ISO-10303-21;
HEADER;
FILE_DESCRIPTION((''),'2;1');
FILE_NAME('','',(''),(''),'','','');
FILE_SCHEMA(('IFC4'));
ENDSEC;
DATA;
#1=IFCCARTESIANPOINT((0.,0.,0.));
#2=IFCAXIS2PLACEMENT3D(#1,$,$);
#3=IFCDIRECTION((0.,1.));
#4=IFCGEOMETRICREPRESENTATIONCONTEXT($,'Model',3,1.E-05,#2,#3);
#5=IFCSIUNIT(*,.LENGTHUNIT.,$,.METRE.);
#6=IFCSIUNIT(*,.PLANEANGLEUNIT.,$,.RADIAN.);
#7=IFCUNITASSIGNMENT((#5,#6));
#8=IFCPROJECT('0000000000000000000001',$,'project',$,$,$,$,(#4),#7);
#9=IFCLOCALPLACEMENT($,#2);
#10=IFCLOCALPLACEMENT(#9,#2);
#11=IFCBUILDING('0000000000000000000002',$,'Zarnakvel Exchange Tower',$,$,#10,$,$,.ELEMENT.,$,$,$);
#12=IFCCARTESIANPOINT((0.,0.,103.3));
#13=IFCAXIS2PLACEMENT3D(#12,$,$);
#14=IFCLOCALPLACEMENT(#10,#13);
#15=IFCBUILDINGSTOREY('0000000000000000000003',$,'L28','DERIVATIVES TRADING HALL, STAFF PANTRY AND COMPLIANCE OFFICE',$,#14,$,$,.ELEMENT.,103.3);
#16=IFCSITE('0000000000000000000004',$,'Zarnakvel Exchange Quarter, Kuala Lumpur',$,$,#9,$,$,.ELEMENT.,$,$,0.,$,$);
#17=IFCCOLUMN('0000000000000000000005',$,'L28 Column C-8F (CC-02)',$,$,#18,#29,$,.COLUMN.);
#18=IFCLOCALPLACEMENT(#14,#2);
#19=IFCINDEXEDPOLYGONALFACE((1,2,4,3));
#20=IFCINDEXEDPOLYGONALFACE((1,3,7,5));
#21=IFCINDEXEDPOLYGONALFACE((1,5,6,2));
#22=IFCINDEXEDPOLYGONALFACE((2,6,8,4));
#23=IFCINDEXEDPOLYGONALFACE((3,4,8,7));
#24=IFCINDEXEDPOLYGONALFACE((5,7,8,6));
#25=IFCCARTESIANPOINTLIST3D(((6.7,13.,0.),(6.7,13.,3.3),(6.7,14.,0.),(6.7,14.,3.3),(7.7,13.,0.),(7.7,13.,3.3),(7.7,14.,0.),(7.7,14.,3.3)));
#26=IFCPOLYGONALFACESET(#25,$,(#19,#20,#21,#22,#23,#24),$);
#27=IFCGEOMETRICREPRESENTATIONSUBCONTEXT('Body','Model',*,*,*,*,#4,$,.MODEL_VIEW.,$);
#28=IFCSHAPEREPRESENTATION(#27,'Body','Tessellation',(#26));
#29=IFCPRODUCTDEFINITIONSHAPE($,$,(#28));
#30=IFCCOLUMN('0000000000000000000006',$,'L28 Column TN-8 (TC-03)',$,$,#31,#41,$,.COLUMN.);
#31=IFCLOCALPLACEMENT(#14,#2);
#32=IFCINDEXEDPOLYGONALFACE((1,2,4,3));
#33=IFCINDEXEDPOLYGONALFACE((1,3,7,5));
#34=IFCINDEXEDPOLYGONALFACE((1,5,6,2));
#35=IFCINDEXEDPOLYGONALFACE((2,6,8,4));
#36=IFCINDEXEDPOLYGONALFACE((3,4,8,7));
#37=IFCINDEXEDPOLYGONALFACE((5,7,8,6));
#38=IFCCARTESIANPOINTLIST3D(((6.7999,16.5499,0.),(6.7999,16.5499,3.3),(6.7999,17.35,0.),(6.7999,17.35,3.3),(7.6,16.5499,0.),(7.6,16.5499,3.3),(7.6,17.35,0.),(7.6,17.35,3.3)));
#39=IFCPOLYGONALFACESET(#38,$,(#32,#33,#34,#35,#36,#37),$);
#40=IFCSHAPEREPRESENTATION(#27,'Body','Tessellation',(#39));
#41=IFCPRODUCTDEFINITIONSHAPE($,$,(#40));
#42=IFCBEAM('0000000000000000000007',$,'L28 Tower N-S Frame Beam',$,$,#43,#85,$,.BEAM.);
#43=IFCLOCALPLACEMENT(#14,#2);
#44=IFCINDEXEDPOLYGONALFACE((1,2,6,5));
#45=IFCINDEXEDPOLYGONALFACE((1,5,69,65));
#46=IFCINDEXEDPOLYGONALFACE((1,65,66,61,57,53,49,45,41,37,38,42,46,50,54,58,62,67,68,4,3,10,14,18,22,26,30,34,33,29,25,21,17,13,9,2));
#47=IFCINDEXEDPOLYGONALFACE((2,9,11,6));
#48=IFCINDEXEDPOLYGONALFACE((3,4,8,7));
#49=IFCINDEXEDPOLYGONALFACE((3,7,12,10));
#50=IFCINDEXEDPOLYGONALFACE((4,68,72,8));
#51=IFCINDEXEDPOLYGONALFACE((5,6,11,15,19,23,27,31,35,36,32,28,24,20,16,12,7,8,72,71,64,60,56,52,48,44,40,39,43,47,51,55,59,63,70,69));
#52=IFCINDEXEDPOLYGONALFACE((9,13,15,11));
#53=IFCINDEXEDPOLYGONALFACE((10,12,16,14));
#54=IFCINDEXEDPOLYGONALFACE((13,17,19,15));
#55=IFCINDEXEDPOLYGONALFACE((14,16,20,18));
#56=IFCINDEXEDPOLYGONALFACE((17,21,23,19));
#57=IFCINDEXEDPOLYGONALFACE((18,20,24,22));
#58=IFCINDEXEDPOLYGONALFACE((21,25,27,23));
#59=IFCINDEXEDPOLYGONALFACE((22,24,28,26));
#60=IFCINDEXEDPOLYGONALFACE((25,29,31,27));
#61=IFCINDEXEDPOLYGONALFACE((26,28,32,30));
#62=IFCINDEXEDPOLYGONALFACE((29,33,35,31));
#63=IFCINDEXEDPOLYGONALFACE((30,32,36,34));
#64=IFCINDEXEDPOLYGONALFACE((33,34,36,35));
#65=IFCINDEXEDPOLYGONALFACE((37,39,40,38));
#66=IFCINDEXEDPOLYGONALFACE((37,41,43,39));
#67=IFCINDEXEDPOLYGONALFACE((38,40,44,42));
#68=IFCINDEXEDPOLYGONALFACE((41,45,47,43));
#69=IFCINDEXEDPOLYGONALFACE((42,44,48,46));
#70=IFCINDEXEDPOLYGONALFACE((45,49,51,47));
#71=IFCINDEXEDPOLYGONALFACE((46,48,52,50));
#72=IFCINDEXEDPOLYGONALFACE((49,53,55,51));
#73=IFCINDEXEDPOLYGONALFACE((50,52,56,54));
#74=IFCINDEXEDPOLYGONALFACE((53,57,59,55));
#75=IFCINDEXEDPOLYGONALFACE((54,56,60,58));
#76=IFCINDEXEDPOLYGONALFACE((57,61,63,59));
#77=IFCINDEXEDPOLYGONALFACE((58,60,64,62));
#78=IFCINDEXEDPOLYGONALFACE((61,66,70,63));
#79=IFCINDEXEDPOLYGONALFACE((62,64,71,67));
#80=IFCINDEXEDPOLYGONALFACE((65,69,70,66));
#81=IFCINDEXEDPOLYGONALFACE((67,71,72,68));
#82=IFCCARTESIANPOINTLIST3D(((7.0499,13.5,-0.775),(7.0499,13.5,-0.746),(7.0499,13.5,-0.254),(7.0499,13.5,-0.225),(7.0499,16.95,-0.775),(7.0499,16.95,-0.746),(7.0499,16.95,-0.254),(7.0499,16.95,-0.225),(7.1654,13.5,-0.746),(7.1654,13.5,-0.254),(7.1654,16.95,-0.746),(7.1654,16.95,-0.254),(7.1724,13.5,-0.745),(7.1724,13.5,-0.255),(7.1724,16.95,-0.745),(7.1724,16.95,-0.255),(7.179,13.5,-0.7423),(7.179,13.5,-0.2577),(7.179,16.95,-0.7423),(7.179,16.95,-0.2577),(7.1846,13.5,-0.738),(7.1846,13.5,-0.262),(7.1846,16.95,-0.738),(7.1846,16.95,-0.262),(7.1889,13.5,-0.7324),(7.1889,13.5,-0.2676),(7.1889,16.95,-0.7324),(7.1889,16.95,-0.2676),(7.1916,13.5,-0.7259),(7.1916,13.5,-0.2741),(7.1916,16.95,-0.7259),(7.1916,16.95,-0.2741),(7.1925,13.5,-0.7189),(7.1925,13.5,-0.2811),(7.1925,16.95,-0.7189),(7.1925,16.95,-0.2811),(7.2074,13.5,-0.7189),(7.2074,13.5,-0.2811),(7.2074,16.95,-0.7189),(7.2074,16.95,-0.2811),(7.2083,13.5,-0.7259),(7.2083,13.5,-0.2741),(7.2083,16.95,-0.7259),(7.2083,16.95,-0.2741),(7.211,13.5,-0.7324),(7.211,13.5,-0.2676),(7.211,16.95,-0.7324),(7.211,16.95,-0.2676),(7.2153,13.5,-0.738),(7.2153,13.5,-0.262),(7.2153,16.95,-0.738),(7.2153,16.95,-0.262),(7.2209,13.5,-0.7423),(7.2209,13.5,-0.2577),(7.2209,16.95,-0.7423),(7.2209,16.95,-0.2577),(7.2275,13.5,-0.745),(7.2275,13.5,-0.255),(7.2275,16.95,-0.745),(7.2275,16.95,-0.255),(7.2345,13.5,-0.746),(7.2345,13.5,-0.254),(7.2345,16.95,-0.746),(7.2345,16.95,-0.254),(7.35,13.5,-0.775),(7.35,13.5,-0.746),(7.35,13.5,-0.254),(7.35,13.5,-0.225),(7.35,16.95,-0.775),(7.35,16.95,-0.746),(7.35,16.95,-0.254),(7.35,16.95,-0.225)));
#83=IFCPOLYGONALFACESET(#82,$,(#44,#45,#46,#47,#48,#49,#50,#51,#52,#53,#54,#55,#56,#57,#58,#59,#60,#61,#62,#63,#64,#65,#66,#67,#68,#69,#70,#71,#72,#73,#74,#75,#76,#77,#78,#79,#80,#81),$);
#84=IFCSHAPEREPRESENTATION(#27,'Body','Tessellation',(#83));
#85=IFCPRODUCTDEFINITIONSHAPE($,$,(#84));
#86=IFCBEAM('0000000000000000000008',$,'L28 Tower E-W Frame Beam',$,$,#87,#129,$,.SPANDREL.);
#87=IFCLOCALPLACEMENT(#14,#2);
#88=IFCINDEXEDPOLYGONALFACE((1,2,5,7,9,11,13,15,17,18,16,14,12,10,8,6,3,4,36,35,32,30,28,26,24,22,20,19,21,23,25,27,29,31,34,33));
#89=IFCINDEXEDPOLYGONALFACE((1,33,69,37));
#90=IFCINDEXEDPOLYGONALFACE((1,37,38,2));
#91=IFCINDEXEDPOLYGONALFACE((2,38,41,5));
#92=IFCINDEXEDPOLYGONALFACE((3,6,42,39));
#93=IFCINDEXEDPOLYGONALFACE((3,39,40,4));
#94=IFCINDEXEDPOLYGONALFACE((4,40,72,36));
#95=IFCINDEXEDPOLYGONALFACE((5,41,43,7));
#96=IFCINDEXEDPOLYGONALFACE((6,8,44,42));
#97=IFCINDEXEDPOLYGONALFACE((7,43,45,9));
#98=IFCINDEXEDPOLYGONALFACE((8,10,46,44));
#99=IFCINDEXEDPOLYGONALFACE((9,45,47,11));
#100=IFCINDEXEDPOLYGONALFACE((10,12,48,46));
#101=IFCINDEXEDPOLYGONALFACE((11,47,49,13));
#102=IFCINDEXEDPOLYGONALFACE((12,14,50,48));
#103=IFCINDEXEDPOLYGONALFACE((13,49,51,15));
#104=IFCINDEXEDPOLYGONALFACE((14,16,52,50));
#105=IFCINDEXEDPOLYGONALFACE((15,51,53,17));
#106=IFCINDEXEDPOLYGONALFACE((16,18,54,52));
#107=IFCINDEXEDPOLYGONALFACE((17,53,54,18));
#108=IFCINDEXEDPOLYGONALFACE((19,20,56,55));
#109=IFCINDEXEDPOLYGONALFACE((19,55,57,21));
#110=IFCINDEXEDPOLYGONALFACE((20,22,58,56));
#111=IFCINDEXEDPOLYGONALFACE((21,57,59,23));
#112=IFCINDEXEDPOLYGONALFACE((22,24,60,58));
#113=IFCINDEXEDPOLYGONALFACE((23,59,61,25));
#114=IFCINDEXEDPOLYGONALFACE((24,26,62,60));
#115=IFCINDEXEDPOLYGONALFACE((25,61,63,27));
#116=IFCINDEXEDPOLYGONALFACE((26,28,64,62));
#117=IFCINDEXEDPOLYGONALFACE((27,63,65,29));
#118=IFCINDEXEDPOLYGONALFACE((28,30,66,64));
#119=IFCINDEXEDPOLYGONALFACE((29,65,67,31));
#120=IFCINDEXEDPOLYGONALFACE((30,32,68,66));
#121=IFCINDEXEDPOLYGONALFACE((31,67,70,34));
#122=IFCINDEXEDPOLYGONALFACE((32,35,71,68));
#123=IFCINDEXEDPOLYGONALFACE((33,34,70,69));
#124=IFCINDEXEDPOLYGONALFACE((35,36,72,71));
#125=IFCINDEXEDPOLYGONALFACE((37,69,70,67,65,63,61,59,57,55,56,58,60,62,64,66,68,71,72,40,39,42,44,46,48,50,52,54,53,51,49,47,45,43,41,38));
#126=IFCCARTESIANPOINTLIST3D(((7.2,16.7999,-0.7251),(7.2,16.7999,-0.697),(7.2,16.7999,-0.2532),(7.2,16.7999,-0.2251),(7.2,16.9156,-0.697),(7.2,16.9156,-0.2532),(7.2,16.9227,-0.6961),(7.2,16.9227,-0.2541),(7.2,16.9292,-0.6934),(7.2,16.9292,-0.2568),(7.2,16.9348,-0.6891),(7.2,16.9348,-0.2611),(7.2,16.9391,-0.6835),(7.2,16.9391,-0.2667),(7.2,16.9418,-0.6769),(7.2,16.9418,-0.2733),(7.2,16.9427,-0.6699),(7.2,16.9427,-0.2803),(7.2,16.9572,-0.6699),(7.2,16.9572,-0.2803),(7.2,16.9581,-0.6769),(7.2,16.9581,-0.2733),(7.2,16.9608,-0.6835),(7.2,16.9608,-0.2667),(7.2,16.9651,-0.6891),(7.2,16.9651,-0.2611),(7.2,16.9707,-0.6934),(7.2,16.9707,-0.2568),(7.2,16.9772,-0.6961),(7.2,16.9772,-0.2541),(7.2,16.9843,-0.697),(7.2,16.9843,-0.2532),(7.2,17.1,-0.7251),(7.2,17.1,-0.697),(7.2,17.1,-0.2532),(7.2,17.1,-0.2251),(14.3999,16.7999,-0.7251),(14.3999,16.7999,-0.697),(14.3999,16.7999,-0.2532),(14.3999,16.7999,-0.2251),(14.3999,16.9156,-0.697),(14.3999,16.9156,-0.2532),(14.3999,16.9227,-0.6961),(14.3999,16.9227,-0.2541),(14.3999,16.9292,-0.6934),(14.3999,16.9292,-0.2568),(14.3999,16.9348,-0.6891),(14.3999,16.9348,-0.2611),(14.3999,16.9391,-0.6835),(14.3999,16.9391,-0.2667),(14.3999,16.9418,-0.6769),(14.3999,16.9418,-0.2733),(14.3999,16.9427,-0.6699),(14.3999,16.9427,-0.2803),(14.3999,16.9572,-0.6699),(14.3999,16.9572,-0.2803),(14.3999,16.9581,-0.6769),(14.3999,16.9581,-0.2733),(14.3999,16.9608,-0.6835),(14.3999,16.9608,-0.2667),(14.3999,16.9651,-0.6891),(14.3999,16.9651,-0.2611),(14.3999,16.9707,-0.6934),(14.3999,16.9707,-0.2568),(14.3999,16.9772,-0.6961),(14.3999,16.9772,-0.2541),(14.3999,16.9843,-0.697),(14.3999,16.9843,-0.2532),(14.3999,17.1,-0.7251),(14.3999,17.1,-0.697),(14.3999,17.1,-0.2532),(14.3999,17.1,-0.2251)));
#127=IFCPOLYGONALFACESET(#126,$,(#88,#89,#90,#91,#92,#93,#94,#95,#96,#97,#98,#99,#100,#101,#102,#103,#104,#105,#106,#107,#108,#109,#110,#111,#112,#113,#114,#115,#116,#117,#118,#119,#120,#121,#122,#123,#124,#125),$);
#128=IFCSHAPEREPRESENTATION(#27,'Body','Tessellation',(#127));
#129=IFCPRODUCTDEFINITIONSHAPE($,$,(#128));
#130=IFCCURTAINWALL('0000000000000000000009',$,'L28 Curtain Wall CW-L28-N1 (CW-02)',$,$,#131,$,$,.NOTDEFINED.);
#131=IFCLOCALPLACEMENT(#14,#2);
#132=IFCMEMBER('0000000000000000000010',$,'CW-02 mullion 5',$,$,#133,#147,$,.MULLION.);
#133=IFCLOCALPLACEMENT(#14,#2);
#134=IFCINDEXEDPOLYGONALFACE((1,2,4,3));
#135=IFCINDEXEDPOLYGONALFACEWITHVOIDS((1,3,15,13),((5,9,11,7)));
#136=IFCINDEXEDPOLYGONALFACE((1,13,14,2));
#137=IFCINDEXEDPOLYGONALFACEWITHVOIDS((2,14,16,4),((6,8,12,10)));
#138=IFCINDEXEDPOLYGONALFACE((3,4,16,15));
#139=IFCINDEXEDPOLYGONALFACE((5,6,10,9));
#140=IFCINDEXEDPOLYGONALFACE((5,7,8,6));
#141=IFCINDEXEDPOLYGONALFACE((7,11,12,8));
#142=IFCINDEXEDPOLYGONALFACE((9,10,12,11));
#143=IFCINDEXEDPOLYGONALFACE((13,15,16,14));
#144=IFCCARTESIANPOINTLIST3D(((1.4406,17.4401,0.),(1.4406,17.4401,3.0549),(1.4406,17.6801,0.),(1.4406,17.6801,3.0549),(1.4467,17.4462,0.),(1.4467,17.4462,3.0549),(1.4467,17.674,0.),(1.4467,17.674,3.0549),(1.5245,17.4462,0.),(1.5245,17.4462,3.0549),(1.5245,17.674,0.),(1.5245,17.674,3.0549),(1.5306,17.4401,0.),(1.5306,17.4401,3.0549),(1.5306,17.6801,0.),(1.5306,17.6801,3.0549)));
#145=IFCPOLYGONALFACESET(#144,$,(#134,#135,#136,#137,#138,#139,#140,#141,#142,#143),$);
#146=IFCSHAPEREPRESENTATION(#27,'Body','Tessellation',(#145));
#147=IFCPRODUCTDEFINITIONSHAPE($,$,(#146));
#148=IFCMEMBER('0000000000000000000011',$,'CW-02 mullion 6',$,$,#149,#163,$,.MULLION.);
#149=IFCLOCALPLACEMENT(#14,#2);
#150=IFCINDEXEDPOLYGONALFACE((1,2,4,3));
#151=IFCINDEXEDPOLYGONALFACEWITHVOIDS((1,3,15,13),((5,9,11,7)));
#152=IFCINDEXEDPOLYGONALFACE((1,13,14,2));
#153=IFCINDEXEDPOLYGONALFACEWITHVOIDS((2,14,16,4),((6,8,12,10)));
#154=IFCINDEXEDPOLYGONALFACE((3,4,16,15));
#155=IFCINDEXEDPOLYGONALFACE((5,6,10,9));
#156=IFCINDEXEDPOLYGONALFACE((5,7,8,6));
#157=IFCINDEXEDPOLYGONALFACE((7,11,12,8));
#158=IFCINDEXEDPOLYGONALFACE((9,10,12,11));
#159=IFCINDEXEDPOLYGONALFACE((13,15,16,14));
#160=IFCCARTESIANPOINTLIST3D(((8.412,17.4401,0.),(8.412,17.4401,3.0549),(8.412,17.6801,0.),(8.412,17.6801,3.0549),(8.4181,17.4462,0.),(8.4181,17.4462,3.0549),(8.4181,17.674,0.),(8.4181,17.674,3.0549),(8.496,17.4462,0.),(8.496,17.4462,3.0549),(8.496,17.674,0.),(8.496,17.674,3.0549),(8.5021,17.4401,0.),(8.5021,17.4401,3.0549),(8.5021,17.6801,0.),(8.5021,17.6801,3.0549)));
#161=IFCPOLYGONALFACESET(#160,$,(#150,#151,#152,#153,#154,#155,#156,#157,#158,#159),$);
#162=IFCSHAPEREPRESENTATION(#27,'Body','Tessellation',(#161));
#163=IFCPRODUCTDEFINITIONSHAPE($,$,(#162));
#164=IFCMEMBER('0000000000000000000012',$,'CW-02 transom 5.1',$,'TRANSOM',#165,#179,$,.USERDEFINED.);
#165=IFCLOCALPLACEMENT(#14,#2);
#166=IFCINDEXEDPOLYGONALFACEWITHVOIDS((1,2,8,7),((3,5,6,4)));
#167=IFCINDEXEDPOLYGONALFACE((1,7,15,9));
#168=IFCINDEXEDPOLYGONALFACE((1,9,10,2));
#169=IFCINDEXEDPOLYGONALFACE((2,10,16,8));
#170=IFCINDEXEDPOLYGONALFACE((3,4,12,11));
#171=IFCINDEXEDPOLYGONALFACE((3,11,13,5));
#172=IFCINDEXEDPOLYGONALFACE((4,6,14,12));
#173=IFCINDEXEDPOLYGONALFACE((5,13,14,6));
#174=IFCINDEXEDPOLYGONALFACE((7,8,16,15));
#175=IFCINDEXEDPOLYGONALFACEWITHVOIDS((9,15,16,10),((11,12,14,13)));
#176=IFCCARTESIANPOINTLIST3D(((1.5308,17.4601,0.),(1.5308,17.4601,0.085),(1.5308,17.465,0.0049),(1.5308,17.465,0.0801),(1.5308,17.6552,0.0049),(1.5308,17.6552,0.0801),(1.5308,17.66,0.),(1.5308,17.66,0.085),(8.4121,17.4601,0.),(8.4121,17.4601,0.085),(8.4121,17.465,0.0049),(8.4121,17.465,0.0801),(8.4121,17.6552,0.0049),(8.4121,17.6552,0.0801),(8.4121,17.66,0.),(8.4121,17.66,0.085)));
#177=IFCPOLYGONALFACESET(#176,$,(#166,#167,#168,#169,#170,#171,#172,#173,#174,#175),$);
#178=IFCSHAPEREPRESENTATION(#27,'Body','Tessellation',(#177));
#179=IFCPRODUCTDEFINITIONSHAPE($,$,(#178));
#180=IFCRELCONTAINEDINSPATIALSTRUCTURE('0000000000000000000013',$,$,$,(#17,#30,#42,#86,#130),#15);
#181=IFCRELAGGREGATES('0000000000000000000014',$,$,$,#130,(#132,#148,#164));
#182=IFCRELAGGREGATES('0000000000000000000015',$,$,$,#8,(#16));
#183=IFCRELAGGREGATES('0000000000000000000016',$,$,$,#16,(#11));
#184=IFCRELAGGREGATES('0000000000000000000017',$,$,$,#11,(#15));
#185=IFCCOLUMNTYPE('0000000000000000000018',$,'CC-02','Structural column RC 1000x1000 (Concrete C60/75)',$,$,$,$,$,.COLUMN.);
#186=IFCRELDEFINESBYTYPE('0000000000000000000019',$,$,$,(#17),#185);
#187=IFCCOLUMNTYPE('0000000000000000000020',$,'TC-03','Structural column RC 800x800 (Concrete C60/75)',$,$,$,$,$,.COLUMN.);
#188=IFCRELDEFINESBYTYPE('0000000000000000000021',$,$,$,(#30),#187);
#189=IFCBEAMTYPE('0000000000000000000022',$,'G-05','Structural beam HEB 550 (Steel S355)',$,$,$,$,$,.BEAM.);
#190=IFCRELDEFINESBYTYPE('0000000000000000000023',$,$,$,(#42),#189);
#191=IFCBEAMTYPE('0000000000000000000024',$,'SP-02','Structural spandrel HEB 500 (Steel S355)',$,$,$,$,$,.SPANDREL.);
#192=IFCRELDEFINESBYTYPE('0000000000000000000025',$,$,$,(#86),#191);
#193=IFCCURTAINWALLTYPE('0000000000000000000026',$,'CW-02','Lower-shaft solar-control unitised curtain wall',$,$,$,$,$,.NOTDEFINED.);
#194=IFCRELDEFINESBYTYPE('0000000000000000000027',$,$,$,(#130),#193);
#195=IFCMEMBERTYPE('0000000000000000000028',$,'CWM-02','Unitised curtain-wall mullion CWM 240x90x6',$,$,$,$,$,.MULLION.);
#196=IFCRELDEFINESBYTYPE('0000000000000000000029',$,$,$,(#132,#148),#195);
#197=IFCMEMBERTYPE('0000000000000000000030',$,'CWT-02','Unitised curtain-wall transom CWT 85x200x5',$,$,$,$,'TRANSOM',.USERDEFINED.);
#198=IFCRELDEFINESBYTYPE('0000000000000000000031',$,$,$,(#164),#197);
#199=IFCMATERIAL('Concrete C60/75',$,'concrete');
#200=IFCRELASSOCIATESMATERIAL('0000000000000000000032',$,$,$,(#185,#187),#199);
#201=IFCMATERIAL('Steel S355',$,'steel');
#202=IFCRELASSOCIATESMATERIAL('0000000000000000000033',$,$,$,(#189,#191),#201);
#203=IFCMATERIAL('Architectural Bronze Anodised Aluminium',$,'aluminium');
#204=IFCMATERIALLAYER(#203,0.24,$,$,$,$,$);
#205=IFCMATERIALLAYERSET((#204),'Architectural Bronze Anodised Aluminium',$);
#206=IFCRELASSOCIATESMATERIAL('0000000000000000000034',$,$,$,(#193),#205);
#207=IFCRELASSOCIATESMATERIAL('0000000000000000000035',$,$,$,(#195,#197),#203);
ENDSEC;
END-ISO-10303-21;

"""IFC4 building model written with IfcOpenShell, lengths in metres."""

from ifc_helpers import new_model, si_unit, direction, frame, origin, origin_2d, place, context, subcontext, project, spatial, rectangle, hollow_rectangle, i_section, extrude, source, transform, mapped, material, layer, layer_set, material_profile, profile_set, type_object, element, aggregate, save


model = new_model("IFC4")

# Units and contexts
model_context = context("Model", 3, precision=1e-05, world=origin(), true_north=direction((0.0, 1.0)))
body_context = subcontext(model_context, "Body", "Model", "MODEL_VIEW")
ifc_project = project(units=[si_unit("LENGTHUNIT", "METRE"), si_unit("PLANEANGLEUNIT", "RADIAN")], contexts=[model_context])

# Site, building, storey
site_placement = place(None, origin())
site = spatial("IfcSite", under=ifc_project, at=site_placement, Name="Zarnakvel Exchange Quarter, Kuala Lumpur", CompositionType="ELEMENT", RefElevation=0.0)
building_placement = place(site_placement, origin())
building = spatial("IfcBuilding", under=site, at=building_placement, Name="Zarnakvel Exchange Tower", CompositionType="ELEMENT")
storey_placement = place(building_placement, frame((0.0, 0.0, 103.3)))
storey = spatial("IfcBuildingStorey", under=building, at=storey_placement, Name="L28", Description="DERIVATIVES TRADING HALL, STAFF PANTRY AND COMPLIANCE OFFICE", CompositionType="ELEMENT", Elevation=103.3)

# Columns
ifc_material_1 = material(Name="Concrete C60/75", Category="concrete")
ifc_material_profile_1 = material_profile(ifc_material_1, rectangle(XDim=1.0, YDim=1.0, at=origin_2d()))
ifc_profile_set_1 = profile_set([ifc_material_profile_1], Name="Concrete C60/75")
column_type_1 = type_object("IfcColumnType", Name="CC-02", Description="Structural column RC 1000x1000 (Concrete C60/75)", PredefinedType="COLUMN", material=ifc_profile_set_1)
column_1_placement = place(storey_placement, frame((7.2, 13.5, 0.0), z_axis=(0.0, 0.0, 1.0), x_axis=(1.0, 0.0, 0.0)))
element("IfcColumn", 1, at=column_1_placement, inside=storey, type_object=column_type_1, Name="L28 Column C-8F (CC-02)", PredefinedType="COLUMN", context=body_context, shape_type="SweptSolid", body=[
    extrude(rectangle(XDim=1.0, YDim=1.0, at=origin_2d()), origin(), (0.0, 0.0, 1.0), 3.3),
])
ifc_material_profile_2 = material_profile(ifc_material_1, rectangle(XDim=0.8, YDim=0.8, at=origin_2d()))
ifc_profile_set_2 = profile_set([ifc_material_profile_2], Name="Concrete C60/75")
column_type_2 = type_object("IfcColumnType", Name="TC-03", Description="Structural column RC 800x800 (Concrete C60/75)", PredefinedType="COLUMN", material=ifc_profile_set_2)
column_2_placement = place(storey_placement, frame((7.2, 16.95, 0.0), z_axis=(0.0, 0.0, 1.0), x_axis=(1.0, 0.0, 0.0)))
element("IfcColumn", 2, at=column_2_placement, inside=storey, type_object=column_type_2, Name="L28 Column TN-8 (TC-03)", PredefinedType="COLUMN", context=body_context, shape_type="SweptSolid", body=[
    extrude(rectangle(XDim=0.8, YDim=0.8, at=origin_2d()), origin(), (0.0, 0.0, 1.0), 3.3),
])

# Beams
ifc_material_2 = material(Name="Steel S355", Category="steel")
ifc_material_profile_3 = material_profile(ifc_material_2, i_section(OverallWidth=0.3, OverallDepth=0.55, WebThickness=0.0149, FlangeThickness=0.0291, FilletRadius=0.0271, at=origin_2d()))
ifc_profile_set_3 = profile_set([ifc_material_profile_3], Name="Steel S355")
beam_type_1 = type_object("IfcBeamType", Name="G-05", Description="Structural beam HEB 550 (Steel S355)", PredefinedType="BEAM", material=ifc_profile_set_3)
beam_1_placement = place(storey_placement, frame((7.2, 13.5, -0.5), z_axis=(0.0, 1.0, 0.0), x_axis=(-1.0, 0.0, 0.0)))
element("IfcBeam", 3, at=beam_1_placement, inside=storey, type_object=beam_type_1, Name="L28 Tower N-S Frame Beam", PredefinedType="BEAM", context=body_context, shape_type="SweptSolid", body=[
    extrude(i_section(OverallWidth=0.3, OverallDepth=0.55, WebThickness=0.0149, FlangeThickness=0.0291, FilletRadius=0.0271, at=origin_2d()), origin(), (0.0, 0.0, 1.0), 3.45),
])
ifc_material_profile_4 = material_profile(ifc_material_2, i_section(OverallWidth=0.3, OverallDepth=0.5, WebThickness=0.0144, FlangeThickness=0.0281, FilletRadius=0.0271, at=origin_2d()))
ifc_profile_set_4 = profile_set([ifc_material_profile_4], Name="Steel S355")
beam_type_2 = type_object("IfcBeamType", Name="SP-02", Description="Structural spandrel HEB 500 (Steel S355)", PredefinedType="SPANDREL", material=ifc_profile_set_4)
beam_2_placement = place(storey_placement, frame((7.2, 16.95, -0.4751), z_axis=(1.0, 0.0, 0.0), x_axis=(0.0, 1.0, 0.0)))
element("IfcBeam", 4, at=beam_2_placement, inside=storey, type_object=beam_type_2, Name="L28 Tower E-W Frame Beam", PredefinedType="SPANDREL", context=body_context, shape_type="SweptSolid", body=[
    extrude(i_section(OverallWidth=0.3, OverallDepth=0.5, WebThickness=0.0144, FlangeThickness=0.0281, FilletRadius=0.0271, at=origin_2d()), origin(), (0.0, 0.0, 1.0), 7.2),
])

# Curtain wall, members
ifc_material_3 = material(Name="Architectural Bronze Anodised Aluminium", Category="aluminium")
ifc_layer_1 = layer(ifc_material_3, 0.24)
ifc_layer_set_1 = layer_set([ifc_layer_1], Name="Architectural Bronze Anodised Aluminium")
curtain_wall_type = type_object("IfcCurtainWallType", Name="CW-02", Description="Lower-shaft solar-control unitised curtain wall", PredefinedType="NOTDEFINED", material=ifc_layer_set_1)
curtain_wall_placement = place(storey_placement, origin())
curtain_wall = element("IfcCurtainWall", 5, at=curtain_wall_placement, inside=storey, type_object=curtain_wall_type, Name="L28 Curtain Wall CW-L28-N1 (CW-02)", PredefinedType="NOTDEFINED")
ifc_material_profile_5 = material_profile(ifc_material_3, hollow_rectangle(XDim=0.24, YDim=0.0901, WallThickness=0.0061, at=origin_2d()))
ifc_profile_set_5 = profile_set([ifc_material_profile_5], Name="Architectural Bronze Anodised Aluminium")
member_type_1 = type_object("IfcMemberType", Name="CWM-02", Description="Unitised curtain-wall mullion CWM 240x90x6", PredefinedType="MULLION", material=ifc_profile_set_5)
shared_shape_1 = source(origin(), body_context, "Body", "SweptSolid", [
    extrude(hollow_rectangle(XDim=0.24, YDim=0.0901, WallThickness=0.0061, at=origin_2d()), origin(), (0.0, 0.0, 1.0), 3.0549),
])
member_1_placement = place(storey_placement, frame((1.4856, 17.5601, 0.0), z_axis=(0.0, 0.0, 1.0), x_axis=(0.0, 1.0, 0.0)))
member_1 = element("IfcMember", 6, at=member_1_placement, type_object=member_type_1, Name="CW-02 mullion 5", PredefinedType="MULLION", context=body_context, shape_type="MappedRepresentation", body=[
    mapped(shared_shape_1, transform((0.0, 0.0, 0.0), x_axis=(1.0, 0.0, 0.0), y_axis=(0.0, 1.0, 0.0), z_axis=(0.0, 0.0, 1.0), scale=1.0)),
])
member_2_placement = place(storey_placement, frame((8.457, 17.5601, 0.0), z_axis=(0.0, 0.0, 1.0), x_axis=(0.0, 1.0, 0.0)))
member_2 = element("IfcMember", 7, at=member_2_placement, type_object=member_type_1, Name="CW-02 mullion 6", PredefinedType="MULLION", context=body_context, shape_type="MappedRepresentation", body=[
    mapped(shared_shape_1, transform((0.0, 0.0, 0.0), x_axis=(1.0, 0.0, 0.0), y_axis=(0.0, 1.0, 0.0), z_axis=(0.0, 0.0, 1.0), scale=1.0)),
])
ifc_material_profile_6 = material_profile(ifc_material_3, hollow_rectangle(XDim=0.2, YDim=0.085, WallThickness=0.0049, at=origin_2d()))
ifc_profile_set_6 = profile_set([ifc_material_profile_6], Name="Architectural Bronze Anodised Aluminium")
member_type_2 = type_object("IfcMemberType", Name="CWT-02", Description="Unitised curtain-wall transom CWT 85x200x5", ElementType="TRANSOM", PredefinedType="USERDEFINED", material=ifc_profile_set_6)
shared_shape_2 = source(origin(), body_context, "Body", "SweptSolid", [
    extrude(hollow_rectangle(XDim=0.2, YDim=0.085, WallThickness=0.0049, at=origin_2d()), origin(), (0.0, 0.0, 1.0), 6.8813),
])
member_3_placement = place(storey_placement, frame((1.5308, 17.5601, 0.0425), z_axis=(1.0, 0.0, 0.0), x_axis=(0.0, 1.0, 0.0)))
member_3 = element("IfcMember", 8, at=member_3_placement, type_object=member_type_2, Name="CW-02 transom 5.1", ObjectType="TRANSOM", PredefinedType="USERDEFINED", context=body_context, shape_type="MappedRepresentation", body=[
    mapped(shared_shape_2, transform((0.0, 0.0, 0.0), x_axis=(1.0, 0.0, 0.0), y_axis=(0.0, 1.0, 0.0), z_axis=(0.0, 0.0, 1.0), scale=1.0)),
])
aggregate(curtain_wall, [member_1, member_2, member_3])

save(model, "model.ifc")
